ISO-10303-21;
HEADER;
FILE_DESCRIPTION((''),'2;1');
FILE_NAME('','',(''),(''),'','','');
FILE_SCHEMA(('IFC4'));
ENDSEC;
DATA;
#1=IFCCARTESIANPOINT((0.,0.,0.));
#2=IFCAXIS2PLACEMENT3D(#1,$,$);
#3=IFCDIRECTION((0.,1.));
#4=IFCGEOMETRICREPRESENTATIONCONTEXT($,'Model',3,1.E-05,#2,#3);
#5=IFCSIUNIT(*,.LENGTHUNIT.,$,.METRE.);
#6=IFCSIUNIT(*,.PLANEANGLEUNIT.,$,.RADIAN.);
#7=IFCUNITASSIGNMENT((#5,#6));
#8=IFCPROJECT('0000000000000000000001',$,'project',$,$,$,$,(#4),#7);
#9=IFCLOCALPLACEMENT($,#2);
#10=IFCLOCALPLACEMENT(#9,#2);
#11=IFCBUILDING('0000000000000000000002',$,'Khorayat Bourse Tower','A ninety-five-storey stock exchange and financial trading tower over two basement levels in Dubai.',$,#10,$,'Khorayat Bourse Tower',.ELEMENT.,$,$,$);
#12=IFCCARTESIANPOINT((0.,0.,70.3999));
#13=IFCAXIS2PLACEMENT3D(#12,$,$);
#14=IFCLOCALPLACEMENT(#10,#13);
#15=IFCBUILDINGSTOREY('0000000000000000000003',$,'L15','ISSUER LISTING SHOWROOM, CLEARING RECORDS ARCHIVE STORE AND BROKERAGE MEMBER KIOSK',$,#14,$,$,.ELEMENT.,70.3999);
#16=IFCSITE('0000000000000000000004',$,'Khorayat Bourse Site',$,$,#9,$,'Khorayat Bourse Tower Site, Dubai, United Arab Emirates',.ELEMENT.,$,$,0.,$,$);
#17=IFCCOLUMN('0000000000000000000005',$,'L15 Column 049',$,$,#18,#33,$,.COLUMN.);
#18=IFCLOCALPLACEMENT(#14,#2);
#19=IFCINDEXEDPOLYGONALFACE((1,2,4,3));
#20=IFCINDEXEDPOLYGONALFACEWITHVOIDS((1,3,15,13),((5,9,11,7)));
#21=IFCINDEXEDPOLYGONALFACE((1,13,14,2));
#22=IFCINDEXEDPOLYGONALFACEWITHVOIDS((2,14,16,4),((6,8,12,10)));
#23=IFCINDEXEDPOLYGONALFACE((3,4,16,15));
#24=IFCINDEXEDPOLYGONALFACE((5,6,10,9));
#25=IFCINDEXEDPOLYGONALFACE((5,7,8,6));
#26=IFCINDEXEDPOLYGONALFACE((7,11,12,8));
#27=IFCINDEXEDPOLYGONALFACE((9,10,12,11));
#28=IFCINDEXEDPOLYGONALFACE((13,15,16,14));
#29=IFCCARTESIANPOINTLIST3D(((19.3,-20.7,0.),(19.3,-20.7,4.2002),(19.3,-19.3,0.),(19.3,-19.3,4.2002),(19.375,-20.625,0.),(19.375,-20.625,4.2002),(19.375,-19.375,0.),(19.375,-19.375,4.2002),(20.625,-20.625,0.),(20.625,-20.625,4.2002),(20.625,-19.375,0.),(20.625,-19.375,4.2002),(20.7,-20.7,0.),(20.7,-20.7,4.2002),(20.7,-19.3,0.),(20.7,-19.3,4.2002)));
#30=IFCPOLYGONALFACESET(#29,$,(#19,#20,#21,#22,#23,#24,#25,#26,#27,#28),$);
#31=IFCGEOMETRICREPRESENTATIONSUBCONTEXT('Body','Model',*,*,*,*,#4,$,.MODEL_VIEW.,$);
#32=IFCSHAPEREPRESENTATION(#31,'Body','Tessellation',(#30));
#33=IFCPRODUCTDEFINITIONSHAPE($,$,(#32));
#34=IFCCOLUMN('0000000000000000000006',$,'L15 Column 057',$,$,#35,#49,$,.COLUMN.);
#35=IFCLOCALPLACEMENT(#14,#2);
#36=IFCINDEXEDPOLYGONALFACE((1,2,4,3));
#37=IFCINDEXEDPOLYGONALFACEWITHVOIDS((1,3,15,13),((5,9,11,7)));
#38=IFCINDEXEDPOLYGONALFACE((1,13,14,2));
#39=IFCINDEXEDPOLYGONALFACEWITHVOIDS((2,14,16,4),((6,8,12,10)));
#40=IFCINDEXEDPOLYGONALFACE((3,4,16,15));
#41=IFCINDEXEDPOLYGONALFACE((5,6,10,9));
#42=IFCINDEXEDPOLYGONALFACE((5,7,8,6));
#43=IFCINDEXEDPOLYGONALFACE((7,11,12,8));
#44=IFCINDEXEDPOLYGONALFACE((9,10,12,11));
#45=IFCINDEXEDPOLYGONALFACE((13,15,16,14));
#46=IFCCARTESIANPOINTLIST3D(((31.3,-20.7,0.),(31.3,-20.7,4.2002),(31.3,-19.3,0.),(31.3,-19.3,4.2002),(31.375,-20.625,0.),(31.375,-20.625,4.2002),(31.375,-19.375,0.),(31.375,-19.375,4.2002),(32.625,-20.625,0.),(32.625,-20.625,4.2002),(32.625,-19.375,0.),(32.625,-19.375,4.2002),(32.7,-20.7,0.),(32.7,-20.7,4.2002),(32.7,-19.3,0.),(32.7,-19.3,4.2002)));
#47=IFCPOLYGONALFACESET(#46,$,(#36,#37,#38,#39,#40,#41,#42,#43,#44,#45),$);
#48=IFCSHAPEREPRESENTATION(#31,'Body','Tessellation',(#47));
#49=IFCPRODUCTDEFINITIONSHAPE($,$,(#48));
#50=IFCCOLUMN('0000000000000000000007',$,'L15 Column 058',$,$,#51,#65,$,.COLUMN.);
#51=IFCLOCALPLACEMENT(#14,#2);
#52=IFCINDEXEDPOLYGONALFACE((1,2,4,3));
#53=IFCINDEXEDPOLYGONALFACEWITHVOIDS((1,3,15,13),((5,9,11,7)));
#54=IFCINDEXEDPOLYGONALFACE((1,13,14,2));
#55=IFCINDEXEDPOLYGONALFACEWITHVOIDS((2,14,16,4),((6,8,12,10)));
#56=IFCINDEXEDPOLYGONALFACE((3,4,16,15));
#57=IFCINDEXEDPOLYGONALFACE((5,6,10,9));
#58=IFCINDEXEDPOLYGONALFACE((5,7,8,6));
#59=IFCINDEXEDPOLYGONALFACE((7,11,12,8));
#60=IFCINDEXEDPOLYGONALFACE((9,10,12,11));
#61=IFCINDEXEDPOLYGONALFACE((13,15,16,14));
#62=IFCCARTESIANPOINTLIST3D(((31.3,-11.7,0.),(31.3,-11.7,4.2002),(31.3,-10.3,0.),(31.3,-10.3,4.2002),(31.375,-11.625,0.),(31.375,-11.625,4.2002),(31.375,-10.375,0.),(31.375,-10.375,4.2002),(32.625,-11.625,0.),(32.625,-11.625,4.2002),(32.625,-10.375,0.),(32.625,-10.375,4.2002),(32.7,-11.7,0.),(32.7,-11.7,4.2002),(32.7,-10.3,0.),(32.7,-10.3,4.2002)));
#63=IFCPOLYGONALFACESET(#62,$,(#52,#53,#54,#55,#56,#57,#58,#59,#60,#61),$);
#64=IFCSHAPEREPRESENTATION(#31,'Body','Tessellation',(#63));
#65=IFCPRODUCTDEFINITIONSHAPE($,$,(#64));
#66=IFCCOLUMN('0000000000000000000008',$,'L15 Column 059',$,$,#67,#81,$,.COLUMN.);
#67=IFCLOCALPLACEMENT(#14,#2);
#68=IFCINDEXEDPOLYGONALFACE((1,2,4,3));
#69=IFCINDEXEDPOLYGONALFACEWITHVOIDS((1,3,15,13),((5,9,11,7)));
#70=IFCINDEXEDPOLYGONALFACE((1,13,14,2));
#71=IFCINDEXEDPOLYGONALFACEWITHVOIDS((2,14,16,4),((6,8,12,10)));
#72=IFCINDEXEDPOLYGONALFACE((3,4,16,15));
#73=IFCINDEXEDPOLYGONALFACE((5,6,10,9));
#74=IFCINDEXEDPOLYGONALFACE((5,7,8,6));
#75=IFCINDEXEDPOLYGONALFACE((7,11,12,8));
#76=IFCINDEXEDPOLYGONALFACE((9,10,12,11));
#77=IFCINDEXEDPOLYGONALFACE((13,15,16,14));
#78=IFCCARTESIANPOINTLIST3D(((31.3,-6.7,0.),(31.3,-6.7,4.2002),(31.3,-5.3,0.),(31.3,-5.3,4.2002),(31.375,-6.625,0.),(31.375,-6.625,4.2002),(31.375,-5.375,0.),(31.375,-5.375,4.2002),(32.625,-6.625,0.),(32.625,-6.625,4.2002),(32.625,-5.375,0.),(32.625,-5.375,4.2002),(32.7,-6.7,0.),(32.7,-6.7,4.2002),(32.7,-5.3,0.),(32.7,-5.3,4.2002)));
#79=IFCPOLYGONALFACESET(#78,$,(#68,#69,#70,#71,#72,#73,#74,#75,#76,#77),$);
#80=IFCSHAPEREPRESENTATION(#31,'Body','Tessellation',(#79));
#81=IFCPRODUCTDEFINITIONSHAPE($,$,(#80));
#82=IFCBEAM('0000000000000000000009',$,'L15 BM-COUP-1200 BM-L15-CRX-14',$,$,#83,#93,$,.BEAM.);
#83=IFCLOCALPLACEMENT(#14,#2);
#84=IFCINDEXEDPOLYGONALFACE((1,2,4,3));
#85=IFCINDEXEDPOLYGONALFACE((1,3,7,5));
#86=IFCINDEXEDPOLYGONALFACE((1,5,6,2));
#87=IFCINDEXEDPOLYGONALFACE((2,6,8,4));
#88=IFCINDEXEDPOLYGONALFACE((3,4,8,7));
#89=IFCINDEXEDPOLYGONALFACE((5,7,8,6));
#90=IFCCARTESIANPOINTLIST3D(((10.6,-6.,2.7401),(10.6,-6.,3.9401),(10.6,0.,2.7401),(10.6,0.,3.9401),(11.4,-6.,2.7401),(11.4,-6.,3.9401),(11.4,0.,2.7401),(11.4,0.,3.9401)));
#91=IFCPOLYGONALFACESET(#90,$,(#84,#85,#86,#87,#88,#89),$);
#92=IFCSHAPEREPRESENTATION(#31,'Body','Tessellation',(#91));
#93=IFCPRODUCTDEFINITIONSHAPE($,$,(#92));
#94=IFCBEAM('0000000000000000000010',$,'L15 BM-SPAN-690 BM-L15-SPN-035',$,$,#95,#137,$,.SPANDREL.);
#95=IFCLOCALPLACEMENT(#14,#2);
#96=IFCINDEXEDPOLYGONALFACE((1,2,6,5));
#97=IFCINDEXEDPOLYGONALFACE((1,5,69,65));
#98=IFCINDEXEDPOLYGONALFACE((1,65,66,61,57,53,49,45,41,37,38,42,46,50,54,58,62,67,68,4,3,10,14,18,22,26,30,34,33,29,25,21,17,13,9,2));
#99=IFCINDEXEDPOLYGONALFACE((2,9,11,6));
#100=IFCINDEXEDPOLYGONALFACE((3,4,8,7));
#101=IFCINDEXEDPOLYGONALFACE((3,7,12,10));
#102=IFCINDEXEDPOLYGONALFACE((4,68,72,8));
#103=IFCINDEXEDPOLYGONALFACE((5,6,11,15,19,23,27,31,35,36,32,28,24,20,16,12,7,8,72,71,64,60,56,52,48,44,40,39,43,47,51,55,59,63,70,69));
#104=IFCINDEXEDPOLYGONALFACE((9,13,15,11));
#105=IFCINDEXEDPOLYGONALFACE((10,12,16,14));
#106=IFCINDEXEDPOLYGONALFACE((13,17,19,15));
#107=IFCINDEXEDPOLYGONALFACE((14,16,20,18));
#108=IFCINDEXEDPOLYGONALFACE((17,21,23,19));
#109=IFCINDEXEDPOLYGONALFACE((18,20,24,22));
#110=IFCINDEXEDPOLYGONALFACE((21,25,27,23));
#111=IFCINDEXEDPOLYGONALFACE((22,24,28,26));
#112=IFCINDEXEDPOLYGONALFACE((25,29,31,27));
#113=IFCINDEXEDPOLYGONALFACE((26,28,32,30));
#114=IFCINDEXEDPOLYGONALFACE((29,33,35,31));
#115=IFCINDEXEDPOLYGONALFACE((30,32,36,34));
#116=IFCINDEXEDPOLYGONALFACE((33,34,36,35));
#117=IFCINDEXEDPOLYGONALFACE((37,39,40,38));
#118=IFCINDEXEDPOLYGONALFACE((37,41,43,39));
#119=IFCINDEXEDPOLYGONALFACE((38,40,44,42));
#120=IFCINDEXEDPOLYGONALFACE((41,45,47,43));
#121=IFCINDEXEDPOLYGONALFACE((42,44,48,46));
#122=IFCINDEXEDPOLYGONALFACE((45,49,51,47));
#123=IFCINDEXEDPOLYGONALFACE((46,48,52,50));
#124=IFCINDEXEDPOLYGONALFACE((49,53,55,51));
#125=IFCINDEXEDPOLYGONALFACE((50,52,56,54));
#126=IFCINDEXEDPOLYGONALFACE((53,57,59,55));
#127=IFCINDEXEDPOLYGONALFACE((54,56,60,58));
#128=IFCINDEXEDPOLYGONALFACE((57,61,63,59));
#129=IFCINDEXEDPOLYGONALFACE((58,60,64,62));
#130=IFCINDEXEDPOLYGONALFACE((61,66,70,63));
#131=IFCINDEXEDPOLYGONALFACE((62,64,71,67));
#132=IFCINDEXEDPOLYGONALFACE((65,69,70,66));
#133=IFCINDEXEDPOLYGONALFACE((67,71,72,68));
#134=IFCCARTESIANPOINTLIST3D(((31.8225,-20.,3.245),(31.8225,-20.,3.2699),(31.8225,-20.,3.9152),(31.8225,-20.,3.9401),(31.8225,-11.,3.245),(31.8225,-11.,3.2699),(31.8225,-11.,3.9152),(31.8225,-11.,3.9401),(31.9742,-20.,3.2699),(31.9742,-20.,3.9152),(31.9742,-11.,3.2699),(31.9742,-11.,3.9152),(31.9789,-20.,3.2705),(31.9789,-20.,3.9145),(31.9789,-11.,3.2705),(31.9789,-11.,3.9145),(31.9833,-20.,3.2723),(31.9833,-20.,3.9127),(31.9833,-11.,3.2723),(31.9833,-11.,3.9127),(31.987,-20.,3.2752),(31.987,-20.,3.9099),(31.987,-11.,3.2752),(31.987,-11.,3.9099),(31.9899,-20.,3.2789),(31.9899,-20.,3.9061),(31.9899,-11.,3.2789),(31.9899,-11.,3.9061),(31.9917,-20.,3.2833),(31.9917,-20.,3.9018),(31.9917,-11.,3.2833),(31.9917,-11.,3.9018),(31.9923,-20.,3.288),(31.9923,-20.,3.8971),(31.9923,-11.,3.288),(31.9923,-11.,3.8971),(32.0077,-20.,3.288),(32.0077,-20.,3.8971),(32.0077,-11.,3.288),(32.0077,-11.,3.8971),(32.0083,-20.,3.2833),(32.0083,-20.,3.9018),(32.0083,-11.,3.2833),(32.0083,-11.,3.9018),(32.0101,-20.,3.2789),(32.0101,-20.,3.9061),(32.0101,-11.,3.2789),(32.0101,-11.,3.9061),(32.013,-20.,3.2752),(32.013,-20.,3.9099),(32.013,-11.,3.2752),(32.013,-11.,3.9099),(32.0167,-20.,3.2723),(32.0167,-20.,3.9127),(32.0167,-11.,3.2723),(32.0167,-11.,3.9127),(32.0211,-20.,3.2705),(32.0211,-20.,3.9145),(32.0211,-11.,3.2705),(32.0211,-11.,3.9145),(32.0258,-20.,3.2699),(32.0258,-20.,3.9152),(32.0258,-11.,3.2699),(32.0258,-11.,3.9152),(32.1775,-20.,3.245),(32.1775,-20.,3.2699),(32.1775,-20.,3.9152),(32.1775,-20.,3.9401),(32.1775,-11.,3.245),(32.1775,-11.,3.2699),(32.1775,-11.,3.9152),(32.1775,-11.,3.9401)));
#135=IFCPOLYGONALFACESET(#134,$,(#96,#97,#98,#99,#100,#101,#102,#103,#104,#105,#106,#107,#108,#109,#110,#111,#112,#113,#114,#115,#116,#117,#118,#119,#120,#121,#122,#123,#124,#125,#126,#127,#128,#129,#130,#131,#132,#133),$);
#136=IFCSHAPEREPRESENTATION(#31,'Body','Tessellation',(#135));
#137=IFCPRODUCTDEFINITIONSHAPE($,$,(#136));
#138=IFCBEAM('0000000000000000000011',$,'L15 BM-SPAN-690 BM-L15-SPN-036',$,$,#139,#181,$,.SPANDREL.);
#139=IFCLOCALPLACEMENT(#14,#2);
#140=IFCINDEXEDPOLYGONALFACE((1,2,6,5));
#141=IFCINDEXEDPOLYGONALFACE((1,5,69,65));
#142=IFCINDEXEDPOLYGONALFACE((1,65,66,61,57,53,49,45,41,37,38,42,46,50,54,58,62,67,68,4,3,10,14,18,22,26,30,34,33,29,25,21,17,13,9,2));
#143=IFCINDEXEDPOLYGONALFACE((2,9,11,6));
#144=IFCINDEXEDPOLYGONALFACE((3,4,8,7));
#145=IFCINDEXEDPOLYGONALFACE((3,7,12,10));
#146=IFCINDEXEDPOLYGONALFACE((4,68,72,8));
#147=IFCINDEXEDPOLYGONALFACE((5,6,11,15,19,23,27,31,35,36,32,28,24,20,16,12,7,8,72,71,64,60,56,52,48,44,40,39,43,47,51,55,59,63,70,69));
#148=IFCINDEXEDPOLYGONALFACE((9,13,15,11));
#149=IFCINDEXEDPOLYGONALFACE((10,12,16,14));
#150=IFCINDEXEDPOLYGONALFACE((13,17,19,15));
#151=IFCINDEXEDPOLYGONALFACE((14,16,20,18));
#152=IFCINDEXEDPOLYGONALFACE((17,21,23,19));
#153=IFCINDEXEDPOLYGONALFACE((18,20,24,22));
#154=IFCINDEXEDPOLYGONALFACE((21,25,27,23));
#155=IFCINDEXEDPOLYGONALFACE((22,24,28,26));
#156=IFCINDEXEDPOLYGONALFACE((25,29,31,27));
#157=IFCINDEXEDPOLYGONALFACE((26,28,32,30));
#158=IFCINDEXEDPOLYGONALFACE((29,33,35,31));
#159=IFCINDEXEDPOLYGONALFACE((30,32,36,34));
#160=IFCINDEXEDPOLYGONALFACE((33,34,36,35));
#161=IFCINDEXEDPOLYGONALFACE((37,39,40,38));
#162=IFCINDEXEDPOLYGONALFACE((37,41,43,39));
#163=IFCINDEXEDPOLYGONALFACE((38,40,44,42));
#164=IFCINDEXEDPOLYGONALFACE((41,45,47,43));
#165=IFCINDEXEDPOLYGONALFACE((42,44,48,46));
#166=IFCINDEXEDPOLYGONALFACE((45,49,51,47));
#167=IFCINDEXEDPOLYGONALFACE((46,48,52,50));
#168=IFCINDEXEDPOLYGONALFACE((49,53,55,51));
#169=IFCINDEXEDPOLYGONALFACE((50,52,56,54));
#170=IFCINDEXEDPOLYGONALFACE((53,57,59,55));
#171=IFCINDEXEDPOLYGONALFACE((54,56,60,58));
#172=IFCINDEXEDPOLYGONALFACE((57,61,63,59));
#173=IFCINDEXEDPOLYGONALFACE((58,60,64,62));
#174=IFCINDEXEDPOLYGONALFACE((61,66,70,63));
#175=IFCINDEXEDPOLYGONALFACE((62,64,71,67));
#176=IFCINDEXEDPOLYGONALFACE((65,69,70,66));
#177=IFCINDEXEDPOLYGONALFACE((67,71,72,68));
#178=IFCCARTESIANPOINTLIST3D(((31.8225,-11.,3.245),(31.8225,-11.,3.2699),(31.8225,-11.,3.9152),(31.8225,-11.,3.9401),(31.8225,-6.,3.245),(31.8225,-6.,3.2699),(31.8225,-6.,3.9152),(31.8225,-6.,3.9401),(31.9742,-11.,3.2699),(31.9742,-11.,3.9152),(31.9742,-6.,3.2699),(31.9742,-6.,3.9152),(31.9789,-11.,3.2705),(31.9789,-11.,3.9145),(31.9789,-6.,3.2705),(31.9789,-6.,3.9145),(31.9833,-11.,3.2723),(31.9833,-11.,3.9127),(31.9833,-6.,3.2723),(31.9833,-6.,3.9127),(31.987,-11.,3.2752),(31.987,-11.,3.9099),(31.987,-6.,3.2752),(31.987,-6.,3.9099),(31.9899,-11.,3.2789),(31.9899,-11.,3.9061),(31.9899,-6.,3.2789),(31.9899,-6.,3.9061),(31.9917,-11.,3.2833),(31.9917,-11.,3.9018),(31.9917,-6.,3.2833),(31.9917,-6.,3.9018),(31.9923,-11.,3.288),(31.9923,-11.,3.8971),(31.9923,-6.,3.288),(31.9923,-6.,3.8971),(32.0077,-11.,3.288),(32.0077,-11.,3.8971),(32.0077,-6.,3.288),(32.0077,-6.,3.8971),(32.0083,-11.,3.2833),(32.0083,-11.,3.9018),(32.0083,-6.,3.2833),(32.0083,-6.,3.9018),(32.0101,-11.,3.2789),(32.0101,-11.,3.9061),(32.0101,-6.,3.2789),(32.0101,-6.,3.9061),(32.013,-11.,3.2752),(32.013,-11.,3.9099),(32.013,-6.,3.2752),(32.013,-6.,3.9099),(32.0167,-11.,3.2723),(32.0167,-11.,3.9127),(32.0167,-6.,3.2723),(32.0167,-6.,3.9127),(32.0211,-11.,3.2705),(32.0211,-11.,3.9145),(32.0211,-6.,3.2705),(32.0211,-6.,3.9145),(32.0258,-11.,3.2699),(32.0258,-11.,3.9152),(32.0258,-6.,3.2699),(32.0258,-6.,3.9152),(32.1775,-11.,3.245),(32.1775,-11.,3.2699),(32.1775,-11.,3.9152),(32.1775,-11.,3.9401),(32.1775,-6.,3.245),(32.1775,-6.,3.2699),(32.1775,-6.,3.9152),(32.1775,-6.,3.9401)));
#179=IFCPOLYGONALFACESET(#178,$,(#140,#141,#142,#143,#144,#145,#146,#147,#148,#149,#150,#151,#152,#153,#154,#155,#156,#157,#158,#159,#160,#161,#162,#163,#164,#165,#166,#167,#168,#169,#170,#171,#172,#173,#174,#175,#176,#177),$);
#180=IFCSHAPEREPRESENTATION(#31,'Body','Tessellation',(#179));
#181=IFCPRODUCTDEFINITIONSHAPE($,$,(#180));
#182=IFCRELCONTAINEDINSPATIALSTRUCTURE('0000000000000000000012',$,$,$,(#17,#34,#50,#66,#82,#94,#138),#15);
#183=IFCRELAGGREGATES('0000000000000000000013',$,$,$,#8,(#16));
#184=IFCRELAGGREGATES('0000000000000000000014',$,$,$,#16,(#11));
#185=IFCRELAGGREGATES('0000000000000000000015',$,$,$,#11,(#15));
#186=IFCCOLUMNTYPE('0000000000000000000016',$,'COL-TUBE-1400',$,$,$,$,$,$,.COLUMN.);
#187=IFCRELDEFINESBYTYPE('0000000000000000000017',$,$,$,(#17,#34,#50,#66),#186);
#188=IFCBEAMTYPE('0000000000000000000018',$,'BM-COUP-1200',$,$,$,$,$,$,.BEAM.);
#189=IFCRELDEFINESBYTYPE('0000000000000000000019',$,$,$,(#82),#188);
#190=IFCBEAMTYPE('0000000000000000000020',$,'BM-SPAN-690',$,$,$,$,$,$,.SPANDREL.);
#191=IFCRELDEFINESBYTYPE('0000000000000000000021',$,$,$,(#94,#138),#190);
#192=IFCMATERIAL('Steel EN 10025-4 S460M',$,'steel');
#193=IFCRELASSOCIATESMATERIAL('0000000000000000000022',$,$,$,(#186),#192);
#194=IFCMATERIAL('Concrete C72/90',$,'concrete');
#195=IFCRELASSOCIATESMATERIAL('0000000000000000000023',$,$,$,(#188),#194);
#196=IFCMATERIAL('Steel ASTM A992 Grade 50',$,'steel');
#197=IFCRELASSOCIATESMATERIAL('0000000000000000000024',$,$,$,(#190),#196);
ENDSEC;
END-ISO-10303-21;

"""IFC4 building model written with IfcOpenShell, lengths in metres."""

from ifc_helpers import new_model, si_unit, direction, frame, origin, origin_2d, place, context, subcontext, project, spatial, rectangle, hollow_rectangle, i_section, extrude, source, transform, mapped, material, material_profile, profile_set, type_object, element, save


model = new_model("IFC4")

# Units and contexts
model_context = context("Model", 3, precision=1e-05, world=origin(), true_north=direction((0.0, 1.0)))
body_context = subcontext(model_context, "Body", "Model", "MODEL_VIEW")
ifc_project = project(units=[si_unit("LENGTHUNIT", "METRE"), si_unit("PLANEANGLEUNIT", "RADIAN")], contexts=[model_context])

# Site, building, storey
site_placement = place(None, origin())
site = spatial("IfcSite", under=ifc_project, at=site_placement, Name="Khorayat Bourse Site", LongName="Khorayat Bourse Tower Site, Dubai, United Arab Emirates", CompositionType="ELEMENT", RefElevation=0.0)
building_placement = place(site_placement, origin())
building = spatial("IfcBuilding", under=site, at=building_placement, Name="Khorayat Bourse Tower", Description="A ninety-five-storey stock exchange and financial trading tower over two basement levels in Dubai.", LongName="Khorayat Bourse Tower", CompositionType="ELEMENT")
storey_placement = place(building_placement, frame((0.0, 0.0, 70.3999)))
storey = spatial("IfcBuildingStorey", under=building, at=storey_placement, Name="L15", Description="ISSUER LISTING SHOWROOM, CLEARING RECORDS ARCHIVE STORE AND BROKERAGE MEMBER KIOSK", CompositionType="ELEMENT", Elevation=70.3999)

# Columns
ifc_material_1 = material(Name="Steel EN 10025-4 S460M", Category="steel")
ifc_material_profile_1 = material_profile(ifc_material_1, hollow_rectangle(XDim=1.3999, YDim=1.3999, WallThickness=0.075, at=origin_2d()), Name="BOX 1400x1400x75")
ifc_profile_set_1 = profile_set([ifc_material_profile_1], Name="Steel EN 10025-4 S460M")
column_type = type_object("IfcColumnType", Name="COL-TUBE-1400", PredefinedType="COLUMN", material=ifc_profile_set_1)
shared_shape_1 = source(origin(), body_context, "Body", "SweptSolid", [
    extrude(hollow_rectangle(XDim=1.3999, YDim=1.3999, WallThickness=0.075, at=origin_2d()), origin(), (0.0, 0.0, 1.0), 4.2002),
])
for number, where, z_axis, x_axis, name in (
    (1, (20.0, -20.0, 0.0), (0.0, 0.0, 1.0), (1.0, 0.0, 0.0), "L15 Column 049"),
    (2, (32.0, -20.0, 0.0), (0.0, 0.0, 1.0), (1.0, 0.0, 0.0), "L15 Column 057"),
    (3, (32.0, -11.0, 0.0), (0.0, 0.0, 1.0), (1.0, 0.0, 0.0), "L15 Column 058"),
    (4, (32.0, -6.0, 0.0), (0.0, 0.0, 1.0), (1.0, 0.0, 0.0), "L15 Column 059"),
):
    element("IfcColumn", number, at=place(storey_placement, frame(where, z_axis=z_axis, x_axis=x_axis)), inside=storey, type_object=column_type, Name=name, PredefinedType="COLUMN", context=body_context, shape_type="MappedRepresentation", body=[
        mapped(shared_shape_1, transform((0.0, 0.0, 0.0), scale=1.0)),
    ])

# Beams
ifc_material_2 = material(Name="Concrete C72/90", Category="concrete")
ifc_material_profile_2 = material_profile(ifc_material_2, rectangle(XDim=0.8, YDim=1.2, at=origin_2d()), Name="RC 800x1200")
ifc_profile_set_2 = profile_set([ifc_material_profile_2], Name="Concrete C72/90")
beam_type_1 = type_object("IfcBeamType", Name="BM-COUP-1200", PredefinedType="BEAM", material=ifc_profile_set_2)
shared_shape_2 = source(origin(), body_context, "Body", "SweptSolid", [
    extrude(rectangle(XDim=0.8, YDim=1.2, at=origin_2d()), origin(), (0.0, 0.0, 1.0), 6.0),
])
beam_1_placement = place(storey_placement, frame((11.0, -6.0, 3.3401), z_axis=(0.0, 1.0, 0.0), x_axis=(-1.0, 0.0, 0.0)))
element("IfcBeam", 5, at=beam_1_placement, inside=storey, type_object=beam_type_1, Name="L15 BM-COUP-1200 BM-L15-CRX-14", PredefinedType="BEAM", context=body_context, shape_type="MappedRepresentation", body=[
    mapped(shared_shape_2, transform((0.0, 0.0, 0.0), scale=1.0)),
])
ifc_material_3 = material(Name="Steel ASTM A992 Grade 50", Category="steel")
ifc_material_profile_3 = material_profile(ifc_material_3, i_section(OverallWidth=0.355, OverallDepth=0.6951, WebThickness=0.0154, FlangeThickness=0.0249, FilletRadius=0.0181, at=origin_2d()), Name="W690X217")
ifc_profile_set_3 = profile_set([ifc_material_profile_3], Name="Steel ASTM A992 Grade 50")
beam_type_2 = type_object("IfcBeamType", Name="BM-SPAN-690", PredefinedType="SPANDREL", material=ifc_profile_set_3)
shared_shape_3 = source(origin(), body_context, "Body", "SweptSolid", [
    extrude(i_section(OverallWidth=0.355, OverallDepth=0.6951, WebThickness=0.0154, FlangeThickness=0.0249, FilletRadius=0.0181, at=origin_2d()), origin(), (0.0, 0.0, 1.0), 9.0),
])
beam_2_placement = place(storey_placement, frame((32.0, -20.0, 3.5925), z_axis=(0.0, 1.0, 0.0), x_axis=(-1.0, 0.0, 0.0)))
element("IfcBeam", 6, at=beam_2_placement, inside=storey, type_object=beam_type_2, Name="L15 BM-SPAN-690 BM-L15-SPN-035", PredefinedType="SPANDREL", context=body_context, shape_type="MappedRepresentation", body=[
    mapped(shared_shape_3, transform((0.0, 0.0, 0.0), scale=1.0)),
])
shared_shape_4 = source(origin(), body_context, "Body", "SweptSolid", [
    extrude(i_section(OverallWidth=0.355, OverallDepth=0.6951, WebThickness=0.0154, FlangeThickness=0.0249, FilletRadius=0.0181, at=origin_2d()), origin(), (0.0, 0.0, 1.0), 5.0),
])
beam_3_placement = place(storey_placement, frame((32.0, -11.0, 3.5925), z_axis=(0.0, 1.0, 0.0), x_axis=(-1.0, 0.0, 0.0)))
element("IfcBeam", 7, at=beam_3_placement, inside=storey, type_object=beam_type_2, Name="L15 BM-SPAN-690 BM-L15-SPN-036", PredefinedType="SPANDREL", context=body_context, shape_type="MappedRepresentation", body=[
    mapped(shared_shape_4, transform((0.0, 0.0, 0.0), scale=1.0)),
])

save(model, "model.ifc")
